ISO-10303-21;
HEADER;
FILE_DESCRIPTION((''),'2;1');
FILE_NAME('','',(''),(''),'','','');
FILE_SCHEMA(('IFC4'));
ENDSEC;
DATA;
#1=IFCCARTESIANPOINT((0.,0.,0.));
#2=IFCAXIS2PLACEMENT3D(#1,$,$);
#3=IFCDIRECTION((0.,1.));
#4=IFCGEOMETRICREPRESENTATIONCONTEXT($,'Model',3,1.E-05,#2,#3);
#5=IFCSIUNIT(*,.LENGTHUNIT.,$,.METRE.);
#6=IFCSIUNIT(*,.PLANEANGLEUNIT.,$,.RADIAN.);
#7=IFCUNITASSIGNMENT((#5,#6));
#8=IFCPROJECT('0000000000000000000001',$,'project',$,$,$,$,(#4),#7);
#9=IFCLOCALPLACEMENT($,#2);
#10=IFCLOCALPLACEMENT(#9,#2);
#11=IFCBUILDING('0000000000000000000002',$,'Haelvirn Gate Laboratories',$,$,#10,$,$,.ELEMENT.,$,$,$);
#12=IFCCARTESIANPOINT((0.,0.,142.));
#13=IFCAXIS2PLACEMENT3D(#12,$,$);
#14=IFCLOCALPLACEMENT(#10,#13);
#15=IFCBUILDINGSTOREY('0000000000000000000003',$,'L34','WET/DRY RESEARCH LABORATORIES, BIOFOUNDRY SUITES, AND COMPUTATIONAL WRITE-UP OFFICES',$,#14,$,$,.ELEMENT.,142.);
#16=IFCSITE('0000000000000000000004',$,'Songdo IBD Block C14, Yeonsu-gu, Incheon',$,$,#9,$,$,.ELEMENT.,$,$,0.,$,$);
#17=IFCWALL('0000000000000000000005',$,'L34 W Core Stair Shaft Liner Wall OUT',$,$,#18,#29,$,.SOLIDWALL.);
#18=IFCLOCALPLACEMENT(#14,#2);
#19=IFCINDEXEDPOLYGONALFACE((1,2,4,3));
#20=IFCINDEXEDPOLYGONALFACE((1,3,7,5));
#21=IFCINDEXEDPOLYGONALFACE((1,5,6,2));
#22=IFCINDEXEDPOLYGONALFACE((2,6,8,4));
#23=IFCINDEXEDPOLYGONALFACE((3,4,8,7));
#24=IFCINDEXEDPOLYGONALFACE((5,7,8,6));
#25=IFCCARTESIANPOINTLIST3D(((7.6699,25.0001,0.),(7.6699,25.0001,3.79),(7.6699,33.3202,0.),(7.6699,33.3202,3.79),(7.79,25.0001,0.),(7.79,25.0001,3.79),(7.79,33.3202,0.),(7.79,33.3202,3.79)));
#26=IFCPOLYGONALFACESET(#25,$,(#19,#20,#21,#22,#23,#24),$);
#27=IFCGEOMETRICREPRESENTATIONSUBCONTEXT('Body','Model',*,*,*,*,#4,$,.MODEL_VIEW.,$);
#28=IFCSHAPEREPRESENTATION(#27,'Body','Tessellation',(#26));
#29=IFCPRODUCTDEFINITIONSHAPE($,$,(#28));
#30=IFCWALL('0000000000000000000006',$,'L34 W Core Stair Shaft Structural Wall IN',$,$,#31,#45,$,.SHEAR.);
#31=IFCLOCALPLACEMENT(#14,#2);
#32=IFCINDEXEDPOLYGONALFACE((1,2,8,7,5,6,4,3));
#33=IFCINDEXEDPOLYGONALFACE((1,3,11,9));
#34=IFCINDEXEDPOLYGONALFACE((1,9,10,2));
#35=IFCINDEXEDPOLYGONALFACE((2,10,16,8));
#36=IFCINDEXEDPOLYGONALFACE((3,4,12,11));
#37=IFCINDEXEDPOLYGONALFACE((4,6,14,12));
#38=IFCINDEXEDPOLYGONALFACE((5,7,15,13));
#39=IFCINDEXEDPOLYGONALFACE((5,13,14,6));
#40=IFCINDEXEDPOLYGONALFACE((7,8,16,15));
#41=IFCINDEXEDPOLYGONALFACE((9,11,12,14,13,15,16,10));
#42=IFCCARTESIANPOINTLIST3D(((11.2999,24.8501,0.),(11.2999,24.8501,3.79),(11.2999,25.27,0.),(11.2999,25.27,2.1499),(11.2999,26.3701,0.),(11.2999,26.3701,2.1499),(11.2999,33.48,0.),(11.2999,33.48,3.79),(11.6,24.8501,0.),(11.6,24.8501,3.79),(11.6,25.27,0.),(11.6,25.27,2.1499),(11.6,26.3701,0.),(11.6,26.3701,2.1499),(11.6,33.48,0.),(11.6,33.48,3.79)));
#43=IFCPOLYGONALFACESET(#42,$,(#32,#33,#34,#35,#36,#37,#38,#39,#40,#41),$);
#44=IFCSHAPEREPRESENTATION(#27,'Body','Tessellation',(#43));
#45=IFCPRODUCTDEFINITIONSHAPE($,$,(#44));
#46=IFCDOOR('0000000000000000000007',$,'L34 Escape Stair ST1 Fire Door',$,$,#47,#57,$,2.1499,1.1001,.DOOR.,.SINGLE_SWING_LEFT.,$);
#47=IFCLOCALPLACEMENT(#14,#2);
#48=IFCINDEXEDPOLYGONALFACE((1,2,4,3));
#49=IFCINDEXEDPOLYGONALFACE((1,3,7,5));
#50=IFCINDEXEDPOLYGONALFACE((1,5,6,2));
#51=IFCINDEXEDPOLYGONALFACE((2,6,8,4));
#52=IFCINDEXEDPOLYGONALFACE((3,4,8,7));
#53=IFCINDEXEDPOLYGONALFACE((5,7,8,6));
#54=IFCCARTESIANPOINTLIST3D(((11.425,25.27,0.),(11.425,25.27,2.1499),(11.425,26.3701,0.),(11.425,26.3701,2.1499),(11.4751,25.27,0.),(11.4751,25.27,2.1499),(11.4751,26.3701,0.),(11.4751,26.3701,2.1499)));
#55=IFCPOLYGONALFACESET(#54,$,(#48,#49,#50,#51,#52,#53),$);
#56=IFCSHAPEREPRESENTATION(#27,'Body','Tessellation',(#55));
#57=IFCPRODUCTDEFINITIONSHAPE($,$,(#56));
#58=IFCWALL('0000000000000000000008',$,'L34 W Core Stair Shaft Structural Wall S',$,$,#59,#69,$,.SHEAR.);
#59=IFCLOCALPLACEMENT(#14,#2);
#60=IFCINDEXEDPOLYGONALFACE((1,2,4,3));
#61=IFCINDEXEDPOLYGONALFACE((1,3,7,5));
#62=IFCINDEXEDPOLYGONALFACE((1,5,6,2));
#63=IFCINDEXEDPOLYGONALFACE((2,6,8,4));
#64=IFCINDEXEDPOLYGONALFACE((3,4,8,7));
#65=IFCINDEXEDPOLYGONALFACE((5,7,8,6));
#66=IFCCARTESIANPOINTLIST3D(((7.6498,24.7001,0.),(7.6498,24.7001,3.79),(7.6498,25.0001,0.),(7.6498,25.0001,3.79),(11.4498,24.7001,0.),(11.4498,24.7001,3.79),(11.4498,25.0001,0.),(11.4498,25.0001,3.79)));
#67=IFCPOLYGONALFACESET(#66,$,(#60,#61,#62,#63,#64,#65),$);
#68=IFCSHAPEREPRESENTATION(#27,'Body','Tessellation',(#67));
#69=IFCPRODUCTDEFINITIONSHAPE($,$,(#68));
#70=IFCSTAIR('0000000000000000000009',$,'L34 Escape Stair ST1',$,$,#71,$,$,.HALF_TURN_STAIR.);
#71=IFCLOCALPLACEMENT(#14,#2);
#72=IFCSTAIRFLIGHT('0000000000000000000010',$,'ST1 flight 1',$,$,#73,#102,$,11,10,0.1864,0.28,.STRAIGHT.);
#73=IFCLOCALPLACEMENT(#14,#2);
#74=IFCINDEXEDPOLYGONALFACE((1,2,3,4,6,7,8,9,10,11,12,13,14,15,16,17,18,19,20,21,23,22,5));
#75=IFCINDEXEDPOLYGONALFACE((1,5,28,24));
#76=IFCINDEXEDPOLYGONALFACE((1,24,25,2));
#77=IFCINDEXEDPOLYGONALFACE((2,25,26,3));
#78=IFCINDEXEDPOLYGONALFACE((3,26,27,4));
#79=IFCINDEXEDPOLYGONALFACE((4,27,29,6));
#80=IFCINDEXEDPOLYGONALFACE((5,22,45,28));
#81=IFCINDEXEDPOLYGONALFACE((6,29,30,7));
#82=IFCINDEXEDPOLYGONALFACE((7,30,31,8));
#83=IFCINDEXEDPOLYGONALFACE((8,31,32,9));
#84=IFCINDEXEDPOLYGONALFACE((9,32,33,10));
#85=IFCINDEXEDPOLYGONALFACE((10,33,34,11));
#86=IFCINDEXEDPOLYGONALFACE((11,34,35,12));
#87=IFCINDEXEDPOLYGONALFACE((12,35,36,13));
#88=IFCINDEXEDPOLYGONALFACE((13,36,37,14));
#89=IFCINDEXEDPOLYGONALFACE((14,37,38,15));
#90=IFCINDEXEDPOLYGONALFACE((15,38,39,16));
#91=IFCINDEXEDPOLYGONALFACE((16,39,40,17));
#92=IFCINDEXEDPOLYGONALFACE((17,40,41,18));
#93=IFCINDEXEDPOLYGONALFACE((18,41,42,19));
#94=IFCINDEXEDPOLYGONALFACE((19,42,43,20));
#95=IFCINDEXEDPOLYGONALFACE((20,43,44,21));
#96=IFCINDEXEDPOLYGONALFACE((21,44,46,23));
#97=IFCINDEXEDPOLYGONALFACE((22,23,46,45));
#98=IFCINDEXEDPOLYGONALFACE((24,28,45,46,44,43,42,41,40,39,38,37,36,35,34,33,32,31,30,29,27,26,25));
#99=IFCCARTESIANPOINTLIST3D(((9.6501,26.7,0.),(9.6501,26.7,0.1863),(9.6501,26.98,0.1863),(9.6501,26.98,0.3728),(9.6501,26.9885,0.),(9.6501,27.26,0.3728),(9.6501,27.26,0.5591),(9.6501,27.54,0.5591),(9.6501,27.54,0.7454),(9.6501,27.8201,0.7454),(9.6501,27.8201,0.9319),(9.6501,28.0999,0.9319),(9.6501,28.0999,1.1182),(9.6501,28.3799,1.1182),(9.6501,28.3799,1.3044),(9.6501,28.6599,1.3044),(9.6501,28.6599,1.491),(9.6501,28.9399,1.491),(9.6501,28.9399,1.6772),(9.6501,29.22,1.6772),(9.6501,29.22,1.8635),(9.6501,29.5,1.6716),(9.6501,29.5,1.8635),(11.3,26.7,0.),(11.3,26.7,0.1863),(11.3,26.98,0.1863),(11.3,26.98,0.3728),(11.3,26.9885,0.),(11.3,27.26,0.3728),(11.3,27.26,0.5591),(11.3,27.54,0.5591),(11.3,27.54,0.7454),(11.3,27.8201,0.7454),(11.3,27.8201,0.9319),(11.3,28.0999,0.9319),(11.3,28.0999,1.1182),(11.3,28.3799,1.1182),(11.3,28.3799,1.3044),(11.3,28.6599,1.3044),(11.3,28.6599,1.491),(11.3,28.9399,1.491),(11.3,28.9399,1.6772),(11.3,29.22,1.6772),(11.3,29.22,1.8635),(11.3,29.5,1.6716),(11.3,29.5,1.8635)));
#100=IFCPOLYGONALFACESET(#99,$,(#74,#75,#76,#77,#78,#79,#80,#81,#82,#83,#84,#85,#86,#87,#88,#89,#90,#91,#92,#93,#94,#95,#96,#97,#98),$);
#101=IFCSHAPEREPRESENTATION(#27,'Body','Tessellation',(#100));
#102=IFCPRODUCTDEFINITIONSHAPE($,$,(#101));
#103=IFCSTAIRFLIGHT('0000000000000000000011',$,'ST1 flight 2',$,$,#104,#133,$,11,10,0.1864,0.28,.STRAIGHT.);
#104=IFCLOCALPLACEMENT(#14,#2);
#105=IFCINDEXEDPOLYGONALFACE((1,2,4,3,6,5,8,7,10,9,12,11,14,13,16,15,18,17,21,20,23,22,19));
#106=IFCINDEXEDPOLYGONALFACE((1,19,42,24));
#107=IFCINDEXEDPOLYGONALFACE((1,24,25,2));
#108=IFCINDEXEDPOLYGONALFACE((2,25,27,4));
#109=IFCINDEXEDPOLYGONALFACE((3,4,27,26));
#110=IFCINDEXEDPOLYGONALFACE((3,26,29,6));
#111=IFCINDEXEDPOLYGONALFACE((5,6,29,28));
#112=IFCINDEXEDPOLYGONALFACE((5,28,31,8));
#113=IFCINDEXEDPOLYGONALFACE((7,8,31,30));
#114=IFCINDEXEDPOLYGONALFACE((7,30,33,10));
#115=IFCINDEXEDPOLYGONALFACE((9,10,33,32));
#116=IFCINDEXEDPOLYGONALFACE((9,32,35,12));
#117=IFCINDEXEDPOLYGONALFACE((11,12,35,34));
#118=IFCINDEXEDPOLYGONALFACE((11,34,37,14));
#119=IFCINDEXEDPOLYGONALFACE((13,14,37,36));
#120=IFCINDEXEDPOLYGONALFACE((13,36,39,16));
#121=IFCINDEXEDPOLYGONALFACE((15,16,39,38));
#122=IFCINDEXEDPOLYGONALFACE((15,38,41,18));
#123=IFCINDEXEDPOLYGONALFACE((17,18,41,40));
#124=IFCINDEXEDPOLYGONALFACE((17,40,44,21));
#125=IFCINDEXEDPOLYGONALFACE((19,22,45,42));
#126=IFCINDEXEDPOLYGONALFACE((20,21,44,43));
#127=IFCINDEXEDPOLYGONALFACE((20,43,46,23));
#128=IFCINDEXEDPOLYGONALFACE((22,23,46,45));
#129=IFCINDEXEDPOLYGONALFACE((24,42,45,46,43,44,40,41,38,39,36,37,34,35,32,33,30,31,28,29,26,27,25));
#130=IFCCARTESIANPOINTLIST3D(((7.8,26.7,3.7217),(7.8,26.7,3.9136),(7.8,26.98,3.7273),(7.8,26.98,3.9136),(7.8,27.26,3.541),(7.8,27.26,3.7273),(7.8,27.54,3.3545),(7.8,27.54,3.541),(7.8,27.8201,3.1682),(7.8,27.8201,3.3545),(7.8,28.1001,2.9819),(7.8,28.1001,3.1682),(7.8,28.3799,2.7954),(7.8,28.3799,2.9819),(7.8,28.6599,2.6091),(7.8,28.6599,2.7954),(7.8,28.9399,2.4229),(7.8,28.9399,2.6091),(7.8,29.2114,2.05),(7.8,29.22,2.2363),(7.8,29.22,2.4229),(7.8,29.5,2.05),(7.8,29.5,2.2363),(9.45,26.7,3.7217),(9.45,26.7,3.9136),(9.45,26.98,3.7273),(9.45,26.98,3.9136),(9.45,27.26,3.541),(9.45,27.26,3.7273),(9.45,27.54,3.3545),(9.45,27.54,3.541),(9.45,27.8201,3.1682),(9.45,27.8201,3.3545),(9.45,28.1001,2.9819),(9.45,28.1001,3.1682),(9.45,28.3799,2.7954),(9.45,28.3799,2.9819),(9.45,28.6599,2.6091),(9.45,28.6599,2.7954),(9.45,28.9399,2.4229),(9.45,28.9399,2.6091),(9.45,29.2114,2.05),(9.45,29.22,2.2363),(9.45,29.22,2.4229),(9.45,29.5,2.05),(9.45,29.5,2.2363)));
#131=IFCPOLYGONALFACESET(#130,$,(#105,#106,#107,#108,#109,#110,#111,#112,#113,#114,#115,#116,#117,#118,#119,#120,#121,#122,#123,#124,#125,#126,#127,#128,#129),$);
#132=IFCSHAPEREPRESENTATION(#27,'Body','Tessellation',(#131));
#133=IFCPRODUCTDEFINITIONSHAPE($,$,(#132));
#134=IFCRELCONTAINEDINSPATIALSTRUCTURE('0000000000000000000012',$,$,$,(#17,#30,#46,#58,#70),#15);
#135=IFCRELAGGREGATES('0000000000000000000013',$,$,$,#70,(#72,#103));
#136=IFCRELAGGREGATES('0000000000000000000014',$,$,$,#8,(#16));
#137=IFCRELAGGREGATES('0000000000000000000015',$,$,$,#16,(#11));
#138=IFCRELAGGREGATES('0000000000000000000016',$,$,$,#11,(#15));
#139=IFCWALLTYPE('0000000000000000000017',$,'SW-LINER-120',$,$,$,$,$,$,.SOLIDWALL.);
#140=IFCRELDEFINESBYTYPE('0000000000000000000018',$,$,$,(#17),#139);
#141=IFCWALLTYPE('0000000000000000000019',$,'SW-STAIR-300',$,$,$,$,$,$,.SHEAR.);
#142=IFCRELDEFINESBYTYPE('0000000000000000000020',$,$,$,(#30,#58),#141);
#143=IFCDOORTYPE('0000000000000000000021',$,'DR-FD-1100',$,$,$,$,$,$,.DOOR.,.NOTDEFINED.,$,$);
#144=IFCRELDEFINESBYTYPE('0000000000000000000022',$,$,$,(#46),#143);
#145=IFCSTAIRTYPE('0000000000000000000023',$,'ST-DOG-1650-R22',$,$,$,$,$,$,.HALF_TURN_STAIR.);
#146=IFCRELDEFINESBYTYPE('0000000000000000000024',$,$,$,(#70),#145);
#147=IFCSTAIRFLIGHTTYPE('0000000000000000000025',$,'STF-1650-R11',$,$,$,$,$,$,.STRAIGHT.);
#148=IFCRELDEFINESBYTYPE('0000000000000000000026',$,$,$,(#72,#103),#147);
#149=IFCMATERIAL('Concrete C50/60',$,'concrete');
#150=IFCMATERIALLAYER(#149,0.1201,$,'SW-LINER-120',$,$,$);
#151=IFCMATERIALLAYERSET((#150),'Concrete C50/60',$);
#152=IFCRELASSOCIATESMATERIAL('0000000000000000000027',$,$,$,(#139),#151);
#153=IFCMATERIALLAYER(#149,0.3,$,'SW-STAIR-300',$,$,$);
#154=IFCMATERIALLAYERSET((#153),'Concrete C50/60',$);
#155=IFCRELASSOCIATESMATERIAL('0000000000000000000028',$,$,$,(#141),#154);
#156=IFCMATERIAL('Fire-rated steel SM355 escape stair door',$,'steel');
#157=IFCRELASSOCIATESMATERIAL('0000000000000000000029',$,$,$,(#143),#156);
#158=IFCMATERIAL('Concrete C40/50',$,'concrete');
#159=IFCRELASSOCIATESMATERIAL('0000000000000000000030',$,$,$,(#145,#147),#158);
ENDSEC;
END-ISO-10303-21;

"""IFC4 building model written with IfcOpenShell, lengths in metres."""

from ifc_helpers import new_model, si_unit, direction, frame, frame_2d, origin, place, context, subcontext, project, spatial, polyline, rectangle, outline, extrude, source, transform, mapped, material, layer, layer_set, type_object, type_shapes, element, fill, aggregate, save


model = new_model("IFC4")

# Units and contexts
model_context = context("Model", 3, precision=1e-05, world=origin(), true_north=direction((0.0, 1.0)))
body_context = subcontext(model_context, "Body", "Model", "MODEL_VIEW")
ifc_project = project(units=[si_unit("LENGTHUNIT", "METRE"), si_unit("PLANEANGLEUNIT", "RADIAN")], contexts=[model_context])

# Site, building, storey
site_placement = place(None, origin())
site = spatial("IfcSite", under=ifc_project, at=site_placement, Name="Songdo IBD Block C14, Yeonsu-gu, Incheon", CompositionType="ELEMENT", RefElevation=0.0)
building_placement = place(site_placement, origin())
building = spatial("IfcBuilding", under=site, at=building_placement, Name="Haelvirn Gate Laboratories", CompositionType="ELEMENT")
storey_placement = place(building_placement, frame((0.0, 0.0, 142.0)))
storey = spatial("IfcBuildingStorey", under=building, at=storey_placement, Name="L34", Description="WET/DRY RESEARCH LABORATORIES, BIOFOUNDRY SUITES, AND COMPUTATIONAL WRITE-UP OFFICES", CompositionType="ELEMENT", Elevation=142.0)

# Wall
ifc_material_1 = material(Name="Concrete C50/60", Category="concrete")
ifc_layer_1 = layer(ifc_material_1, 0.1201, Name="SW-LINER-120")
ifc_layer_set_1 = layer_set([ifc_layer_1], Name="Concrete C50/60")
wall_type_1 = type_object("IfcWallType", Name="SW-LINER-120", PredefinedType="SOLIDWALL", material=ifc_layer_set_1)
wall_1_placement = place(storey_placement, frame((7.73, 25.0, 0.0), z_axis=(0.0, 0.0, 1.0), x_axis=(0.0, 1.0, 0.0)))
element("IfcWall", 1, at=wall_1_placement, inside=storey, type_object=wall_type_1, Name="L34 W Core Stair Shaft Liner Wall OUT", PredefinedType="SOLIDWALL", context=body_context, shape_type="SweptSolid", body=[
    extrude(rectangle(XDim=8.3201, YDim=0.1201, at=frame_2d((4.1602, 0.0))), origin(), (0.0, 0.0, 1.0), 3.79),
])

# Wall, opening, door
ifc_layer_2 = layer(ifc_material_1, 0.3, Name="SW-STAIR-300")
ifc_layer_set_2 = layer_set([ifc_layer_2], Name="Concrete C50/60")
wall_type_2 = type_object("IfcWallType", Name="SW-STAIR-300", PredefinedType="SHEAR", material=ifc_layer_set_2)
wall_2_placement = place(storey_placement, frame((11.45, 24.8501, 0.0), z_axis=(0.0, 0.0, 1.0), x_axis=(0.0, 1.0, 0.0)))
wall_2 = element("IfcWall", 2, at=wall_2_placement, inside=storey, type_object=wall_type_2, Name="L34 W Core Stair Shaft Structural Wall IN", PredefinedType="SHEAR", context=body_context, shape_type="SweptSolid", body=[
    extrude(rectangle(XDim=8.6299, YDim=0.3, at=frame_2d((4.3149, 0.0))), origin(), (0.0, 0.0, 1.0), 3.79),
])
opening_1_placement = place(wall_2_placement, frame((0.4199, 0.0, 0.0)))
opening_1 = element("IfcOpeningElement", 3, at=opening_1_placement, cuts=wall_2, PredefinedType="OPENING", context=body_context, shape_type="SweptSolid", body=[
    extrude(rectangle(XDim=1.1001, YDim=2.1499, at=frame_2d((0.55, 1.075))), frame((0.0, 0.1602, 0.0), z_axis=(0.0, -1.0, 0.0), x_axis=(1.0, 0.0, 0.0)), (0.0, 0.0, 1.0), 0.3201),
])
ifc_material_2 = material(Name="Fire-rated steel SM355 escape stair door", Category="steel")
door_type_1 = type_object("IfcDoorType", Name="DR-FD-1100", OperationType="NOTDEFINED", PredefinedType="DOOR", material=ifc_material_2)
shared_shape_1 = source(origin(), body_context, "Body", "SweptSolid", [
    extrude(rectangle(XDim=1.1001, YDim=2.1499, at=frame_2d((0.55, 1.075))), frame((0.0, 0.0249, 0.0), z_axis=(0.0, -1.0, 0.0), x_axis=(1.0, 0.0, 0.0)), (0.0, 0.0, 1.0), 0.05),
])
type_shapes(door_type_1, [shared_shape_1])
door_1_placement = place(opening_1_placement, origin())
door_1 = element("IfcDoor", 4, at=door_1_placement, inside=storey, type_object=door_type_1, Name="L34 Escape Stair ST1 Fire Door", OperationType="SINGLE_SWING_LEFT", OverallHeight=2.1499, OverallWidth=1.1001, PredefinedType="DOOR", context=body_context, shape_type="MappedRepresentation", body=[
    mapped(shared_shape_1, transform((0.0, 0.0, 0.0), scale=1.0)),
])
fill(opening_1, door_1)

# Wall
wall_3_placement = place(storey_placement, frame((7.6499, 24.8501, 0.0), z_axis=(0.0, 0.0, 1.0), x_axis=(1.0, 0.0, 0.0)))
element("IfcWall", 5, at=wall_3_placement, inside=storey, type_object=wall_type_2, Name="L34 W Core Stair Shaft Structural Wall S", PredefinedType="SHEAR", context=body_context, shape_type="SweptSolid", body=[
    extrude(rectangle(XDim=3.8, YDim=0.3, at=frame_2d((1.8999, 0.0))), origin(), (0.0, 0.0, 1.0), 3.79),
])

# Stair, stair flights
ifc_material_3 = material(Name="Concrete C40/50", Category="concrete")
stair_type = type_object("IfcStairType", Name="ST-DOG-1650-R22", PredefinedType="HALF_TURN_STAIR", material=ifc_material_3)
stair_placement = place(storey_placement, origin())
stair = element("IfcStair", 6, at=stair_placement, inside=storey, type_object=stair_type, Name="L34 Escape Stair ST1", PredefinedType="HALF_TURN_STAIR")
stair_flight_type = type_object("IfcStairFlightType", Name="STF-1650-R11", PredefinedType="STRAIGHT", material=ifc_material_3)
shared_shape_2 = source(origin(), body_context, "Body", "SweptSolid", [
    extrude(outline(polyline([(0.0, 0.0), (0.0, 0.1863), (0.28, 0.1863), (0.28, 0.3728), (0.5601, 0.3728), (0.5601, 0.5591), (0.8401, 0.5591), (0.8401, 0.7454), (1.1201, 0.7454), (1.1201, 0.9319), (1.3999, 0.9319), (1.3999, 1.1182), (1.6799, 1.1182), (1.6799, 1.3044), (1.96, 1.3044), (1.96, 1.491), (2.24, 1.491), (2.24, 1.6772), (2.52, 1.6772), (2.52, 1.8635), (2.8, 1.8635), (2.8, 2.05), (2.8, 1.6716), (0.2886, 0.0), (0.0, 0.0)])), frame((0.0, 0.825, 0.0), z_axis=(0.0, -1.0, 0.0), x_axis=(1.0, 0.0, 0.0)), (0.0, 0.0, 1.0), 1.6499),
])
type_shapes(stair_flight_type, [shared_shape_2])
stair_flight_1_placement = place(storey_placement, frame((10.4751, 26.7, 0.0), z_axis=(0.0, 0.0, 1.0), x_axis=(0.0, 1.0, 0.0)))
stair_flight_1 = element("IfcStairFlight", 7, at=stair_flight_1_placement, type_object=stair_flight_type, Name="ST1 flight 1", NumberOfRisers=11, NumberOfTreads=10, PredefinedType="STRAIGHT", RiserHeight=0.1864, TreadLength=0.28, context=body_context, shape_type="MappedRepresentation", body=[
    mapped(shared_shape_2, transform((0.0, 0.0, 0.0), scale=1.0)),
])
stair_flight_2_placement = place(storey_placement, frame((8.625, 29.5, 2.05), z_axis=(0.0, 0.0, 1.0), x_axis=(0.0, -1.0, 0.0)))
stair_flight_2 = element("IfcStairFlight", 8, at=stair_flight_2_placement, type_object=stair_flight_type, Name="ST1 flight 2", NumberOfRisers=11, NumberOfTreads=10, PredefinedType="STRAIGHT", RiserHeight=0.1864, TreadLength=0.28, context=body_context, shape_type="MappedRepresentation", body=[
    mapped(shared_shape_2, transform((0.0, 0.0, 0.0), scale=1.0)),
])
aggregate(stair, [stair_flight_1, stair_flight_2])

save(model, "model.ifc")
